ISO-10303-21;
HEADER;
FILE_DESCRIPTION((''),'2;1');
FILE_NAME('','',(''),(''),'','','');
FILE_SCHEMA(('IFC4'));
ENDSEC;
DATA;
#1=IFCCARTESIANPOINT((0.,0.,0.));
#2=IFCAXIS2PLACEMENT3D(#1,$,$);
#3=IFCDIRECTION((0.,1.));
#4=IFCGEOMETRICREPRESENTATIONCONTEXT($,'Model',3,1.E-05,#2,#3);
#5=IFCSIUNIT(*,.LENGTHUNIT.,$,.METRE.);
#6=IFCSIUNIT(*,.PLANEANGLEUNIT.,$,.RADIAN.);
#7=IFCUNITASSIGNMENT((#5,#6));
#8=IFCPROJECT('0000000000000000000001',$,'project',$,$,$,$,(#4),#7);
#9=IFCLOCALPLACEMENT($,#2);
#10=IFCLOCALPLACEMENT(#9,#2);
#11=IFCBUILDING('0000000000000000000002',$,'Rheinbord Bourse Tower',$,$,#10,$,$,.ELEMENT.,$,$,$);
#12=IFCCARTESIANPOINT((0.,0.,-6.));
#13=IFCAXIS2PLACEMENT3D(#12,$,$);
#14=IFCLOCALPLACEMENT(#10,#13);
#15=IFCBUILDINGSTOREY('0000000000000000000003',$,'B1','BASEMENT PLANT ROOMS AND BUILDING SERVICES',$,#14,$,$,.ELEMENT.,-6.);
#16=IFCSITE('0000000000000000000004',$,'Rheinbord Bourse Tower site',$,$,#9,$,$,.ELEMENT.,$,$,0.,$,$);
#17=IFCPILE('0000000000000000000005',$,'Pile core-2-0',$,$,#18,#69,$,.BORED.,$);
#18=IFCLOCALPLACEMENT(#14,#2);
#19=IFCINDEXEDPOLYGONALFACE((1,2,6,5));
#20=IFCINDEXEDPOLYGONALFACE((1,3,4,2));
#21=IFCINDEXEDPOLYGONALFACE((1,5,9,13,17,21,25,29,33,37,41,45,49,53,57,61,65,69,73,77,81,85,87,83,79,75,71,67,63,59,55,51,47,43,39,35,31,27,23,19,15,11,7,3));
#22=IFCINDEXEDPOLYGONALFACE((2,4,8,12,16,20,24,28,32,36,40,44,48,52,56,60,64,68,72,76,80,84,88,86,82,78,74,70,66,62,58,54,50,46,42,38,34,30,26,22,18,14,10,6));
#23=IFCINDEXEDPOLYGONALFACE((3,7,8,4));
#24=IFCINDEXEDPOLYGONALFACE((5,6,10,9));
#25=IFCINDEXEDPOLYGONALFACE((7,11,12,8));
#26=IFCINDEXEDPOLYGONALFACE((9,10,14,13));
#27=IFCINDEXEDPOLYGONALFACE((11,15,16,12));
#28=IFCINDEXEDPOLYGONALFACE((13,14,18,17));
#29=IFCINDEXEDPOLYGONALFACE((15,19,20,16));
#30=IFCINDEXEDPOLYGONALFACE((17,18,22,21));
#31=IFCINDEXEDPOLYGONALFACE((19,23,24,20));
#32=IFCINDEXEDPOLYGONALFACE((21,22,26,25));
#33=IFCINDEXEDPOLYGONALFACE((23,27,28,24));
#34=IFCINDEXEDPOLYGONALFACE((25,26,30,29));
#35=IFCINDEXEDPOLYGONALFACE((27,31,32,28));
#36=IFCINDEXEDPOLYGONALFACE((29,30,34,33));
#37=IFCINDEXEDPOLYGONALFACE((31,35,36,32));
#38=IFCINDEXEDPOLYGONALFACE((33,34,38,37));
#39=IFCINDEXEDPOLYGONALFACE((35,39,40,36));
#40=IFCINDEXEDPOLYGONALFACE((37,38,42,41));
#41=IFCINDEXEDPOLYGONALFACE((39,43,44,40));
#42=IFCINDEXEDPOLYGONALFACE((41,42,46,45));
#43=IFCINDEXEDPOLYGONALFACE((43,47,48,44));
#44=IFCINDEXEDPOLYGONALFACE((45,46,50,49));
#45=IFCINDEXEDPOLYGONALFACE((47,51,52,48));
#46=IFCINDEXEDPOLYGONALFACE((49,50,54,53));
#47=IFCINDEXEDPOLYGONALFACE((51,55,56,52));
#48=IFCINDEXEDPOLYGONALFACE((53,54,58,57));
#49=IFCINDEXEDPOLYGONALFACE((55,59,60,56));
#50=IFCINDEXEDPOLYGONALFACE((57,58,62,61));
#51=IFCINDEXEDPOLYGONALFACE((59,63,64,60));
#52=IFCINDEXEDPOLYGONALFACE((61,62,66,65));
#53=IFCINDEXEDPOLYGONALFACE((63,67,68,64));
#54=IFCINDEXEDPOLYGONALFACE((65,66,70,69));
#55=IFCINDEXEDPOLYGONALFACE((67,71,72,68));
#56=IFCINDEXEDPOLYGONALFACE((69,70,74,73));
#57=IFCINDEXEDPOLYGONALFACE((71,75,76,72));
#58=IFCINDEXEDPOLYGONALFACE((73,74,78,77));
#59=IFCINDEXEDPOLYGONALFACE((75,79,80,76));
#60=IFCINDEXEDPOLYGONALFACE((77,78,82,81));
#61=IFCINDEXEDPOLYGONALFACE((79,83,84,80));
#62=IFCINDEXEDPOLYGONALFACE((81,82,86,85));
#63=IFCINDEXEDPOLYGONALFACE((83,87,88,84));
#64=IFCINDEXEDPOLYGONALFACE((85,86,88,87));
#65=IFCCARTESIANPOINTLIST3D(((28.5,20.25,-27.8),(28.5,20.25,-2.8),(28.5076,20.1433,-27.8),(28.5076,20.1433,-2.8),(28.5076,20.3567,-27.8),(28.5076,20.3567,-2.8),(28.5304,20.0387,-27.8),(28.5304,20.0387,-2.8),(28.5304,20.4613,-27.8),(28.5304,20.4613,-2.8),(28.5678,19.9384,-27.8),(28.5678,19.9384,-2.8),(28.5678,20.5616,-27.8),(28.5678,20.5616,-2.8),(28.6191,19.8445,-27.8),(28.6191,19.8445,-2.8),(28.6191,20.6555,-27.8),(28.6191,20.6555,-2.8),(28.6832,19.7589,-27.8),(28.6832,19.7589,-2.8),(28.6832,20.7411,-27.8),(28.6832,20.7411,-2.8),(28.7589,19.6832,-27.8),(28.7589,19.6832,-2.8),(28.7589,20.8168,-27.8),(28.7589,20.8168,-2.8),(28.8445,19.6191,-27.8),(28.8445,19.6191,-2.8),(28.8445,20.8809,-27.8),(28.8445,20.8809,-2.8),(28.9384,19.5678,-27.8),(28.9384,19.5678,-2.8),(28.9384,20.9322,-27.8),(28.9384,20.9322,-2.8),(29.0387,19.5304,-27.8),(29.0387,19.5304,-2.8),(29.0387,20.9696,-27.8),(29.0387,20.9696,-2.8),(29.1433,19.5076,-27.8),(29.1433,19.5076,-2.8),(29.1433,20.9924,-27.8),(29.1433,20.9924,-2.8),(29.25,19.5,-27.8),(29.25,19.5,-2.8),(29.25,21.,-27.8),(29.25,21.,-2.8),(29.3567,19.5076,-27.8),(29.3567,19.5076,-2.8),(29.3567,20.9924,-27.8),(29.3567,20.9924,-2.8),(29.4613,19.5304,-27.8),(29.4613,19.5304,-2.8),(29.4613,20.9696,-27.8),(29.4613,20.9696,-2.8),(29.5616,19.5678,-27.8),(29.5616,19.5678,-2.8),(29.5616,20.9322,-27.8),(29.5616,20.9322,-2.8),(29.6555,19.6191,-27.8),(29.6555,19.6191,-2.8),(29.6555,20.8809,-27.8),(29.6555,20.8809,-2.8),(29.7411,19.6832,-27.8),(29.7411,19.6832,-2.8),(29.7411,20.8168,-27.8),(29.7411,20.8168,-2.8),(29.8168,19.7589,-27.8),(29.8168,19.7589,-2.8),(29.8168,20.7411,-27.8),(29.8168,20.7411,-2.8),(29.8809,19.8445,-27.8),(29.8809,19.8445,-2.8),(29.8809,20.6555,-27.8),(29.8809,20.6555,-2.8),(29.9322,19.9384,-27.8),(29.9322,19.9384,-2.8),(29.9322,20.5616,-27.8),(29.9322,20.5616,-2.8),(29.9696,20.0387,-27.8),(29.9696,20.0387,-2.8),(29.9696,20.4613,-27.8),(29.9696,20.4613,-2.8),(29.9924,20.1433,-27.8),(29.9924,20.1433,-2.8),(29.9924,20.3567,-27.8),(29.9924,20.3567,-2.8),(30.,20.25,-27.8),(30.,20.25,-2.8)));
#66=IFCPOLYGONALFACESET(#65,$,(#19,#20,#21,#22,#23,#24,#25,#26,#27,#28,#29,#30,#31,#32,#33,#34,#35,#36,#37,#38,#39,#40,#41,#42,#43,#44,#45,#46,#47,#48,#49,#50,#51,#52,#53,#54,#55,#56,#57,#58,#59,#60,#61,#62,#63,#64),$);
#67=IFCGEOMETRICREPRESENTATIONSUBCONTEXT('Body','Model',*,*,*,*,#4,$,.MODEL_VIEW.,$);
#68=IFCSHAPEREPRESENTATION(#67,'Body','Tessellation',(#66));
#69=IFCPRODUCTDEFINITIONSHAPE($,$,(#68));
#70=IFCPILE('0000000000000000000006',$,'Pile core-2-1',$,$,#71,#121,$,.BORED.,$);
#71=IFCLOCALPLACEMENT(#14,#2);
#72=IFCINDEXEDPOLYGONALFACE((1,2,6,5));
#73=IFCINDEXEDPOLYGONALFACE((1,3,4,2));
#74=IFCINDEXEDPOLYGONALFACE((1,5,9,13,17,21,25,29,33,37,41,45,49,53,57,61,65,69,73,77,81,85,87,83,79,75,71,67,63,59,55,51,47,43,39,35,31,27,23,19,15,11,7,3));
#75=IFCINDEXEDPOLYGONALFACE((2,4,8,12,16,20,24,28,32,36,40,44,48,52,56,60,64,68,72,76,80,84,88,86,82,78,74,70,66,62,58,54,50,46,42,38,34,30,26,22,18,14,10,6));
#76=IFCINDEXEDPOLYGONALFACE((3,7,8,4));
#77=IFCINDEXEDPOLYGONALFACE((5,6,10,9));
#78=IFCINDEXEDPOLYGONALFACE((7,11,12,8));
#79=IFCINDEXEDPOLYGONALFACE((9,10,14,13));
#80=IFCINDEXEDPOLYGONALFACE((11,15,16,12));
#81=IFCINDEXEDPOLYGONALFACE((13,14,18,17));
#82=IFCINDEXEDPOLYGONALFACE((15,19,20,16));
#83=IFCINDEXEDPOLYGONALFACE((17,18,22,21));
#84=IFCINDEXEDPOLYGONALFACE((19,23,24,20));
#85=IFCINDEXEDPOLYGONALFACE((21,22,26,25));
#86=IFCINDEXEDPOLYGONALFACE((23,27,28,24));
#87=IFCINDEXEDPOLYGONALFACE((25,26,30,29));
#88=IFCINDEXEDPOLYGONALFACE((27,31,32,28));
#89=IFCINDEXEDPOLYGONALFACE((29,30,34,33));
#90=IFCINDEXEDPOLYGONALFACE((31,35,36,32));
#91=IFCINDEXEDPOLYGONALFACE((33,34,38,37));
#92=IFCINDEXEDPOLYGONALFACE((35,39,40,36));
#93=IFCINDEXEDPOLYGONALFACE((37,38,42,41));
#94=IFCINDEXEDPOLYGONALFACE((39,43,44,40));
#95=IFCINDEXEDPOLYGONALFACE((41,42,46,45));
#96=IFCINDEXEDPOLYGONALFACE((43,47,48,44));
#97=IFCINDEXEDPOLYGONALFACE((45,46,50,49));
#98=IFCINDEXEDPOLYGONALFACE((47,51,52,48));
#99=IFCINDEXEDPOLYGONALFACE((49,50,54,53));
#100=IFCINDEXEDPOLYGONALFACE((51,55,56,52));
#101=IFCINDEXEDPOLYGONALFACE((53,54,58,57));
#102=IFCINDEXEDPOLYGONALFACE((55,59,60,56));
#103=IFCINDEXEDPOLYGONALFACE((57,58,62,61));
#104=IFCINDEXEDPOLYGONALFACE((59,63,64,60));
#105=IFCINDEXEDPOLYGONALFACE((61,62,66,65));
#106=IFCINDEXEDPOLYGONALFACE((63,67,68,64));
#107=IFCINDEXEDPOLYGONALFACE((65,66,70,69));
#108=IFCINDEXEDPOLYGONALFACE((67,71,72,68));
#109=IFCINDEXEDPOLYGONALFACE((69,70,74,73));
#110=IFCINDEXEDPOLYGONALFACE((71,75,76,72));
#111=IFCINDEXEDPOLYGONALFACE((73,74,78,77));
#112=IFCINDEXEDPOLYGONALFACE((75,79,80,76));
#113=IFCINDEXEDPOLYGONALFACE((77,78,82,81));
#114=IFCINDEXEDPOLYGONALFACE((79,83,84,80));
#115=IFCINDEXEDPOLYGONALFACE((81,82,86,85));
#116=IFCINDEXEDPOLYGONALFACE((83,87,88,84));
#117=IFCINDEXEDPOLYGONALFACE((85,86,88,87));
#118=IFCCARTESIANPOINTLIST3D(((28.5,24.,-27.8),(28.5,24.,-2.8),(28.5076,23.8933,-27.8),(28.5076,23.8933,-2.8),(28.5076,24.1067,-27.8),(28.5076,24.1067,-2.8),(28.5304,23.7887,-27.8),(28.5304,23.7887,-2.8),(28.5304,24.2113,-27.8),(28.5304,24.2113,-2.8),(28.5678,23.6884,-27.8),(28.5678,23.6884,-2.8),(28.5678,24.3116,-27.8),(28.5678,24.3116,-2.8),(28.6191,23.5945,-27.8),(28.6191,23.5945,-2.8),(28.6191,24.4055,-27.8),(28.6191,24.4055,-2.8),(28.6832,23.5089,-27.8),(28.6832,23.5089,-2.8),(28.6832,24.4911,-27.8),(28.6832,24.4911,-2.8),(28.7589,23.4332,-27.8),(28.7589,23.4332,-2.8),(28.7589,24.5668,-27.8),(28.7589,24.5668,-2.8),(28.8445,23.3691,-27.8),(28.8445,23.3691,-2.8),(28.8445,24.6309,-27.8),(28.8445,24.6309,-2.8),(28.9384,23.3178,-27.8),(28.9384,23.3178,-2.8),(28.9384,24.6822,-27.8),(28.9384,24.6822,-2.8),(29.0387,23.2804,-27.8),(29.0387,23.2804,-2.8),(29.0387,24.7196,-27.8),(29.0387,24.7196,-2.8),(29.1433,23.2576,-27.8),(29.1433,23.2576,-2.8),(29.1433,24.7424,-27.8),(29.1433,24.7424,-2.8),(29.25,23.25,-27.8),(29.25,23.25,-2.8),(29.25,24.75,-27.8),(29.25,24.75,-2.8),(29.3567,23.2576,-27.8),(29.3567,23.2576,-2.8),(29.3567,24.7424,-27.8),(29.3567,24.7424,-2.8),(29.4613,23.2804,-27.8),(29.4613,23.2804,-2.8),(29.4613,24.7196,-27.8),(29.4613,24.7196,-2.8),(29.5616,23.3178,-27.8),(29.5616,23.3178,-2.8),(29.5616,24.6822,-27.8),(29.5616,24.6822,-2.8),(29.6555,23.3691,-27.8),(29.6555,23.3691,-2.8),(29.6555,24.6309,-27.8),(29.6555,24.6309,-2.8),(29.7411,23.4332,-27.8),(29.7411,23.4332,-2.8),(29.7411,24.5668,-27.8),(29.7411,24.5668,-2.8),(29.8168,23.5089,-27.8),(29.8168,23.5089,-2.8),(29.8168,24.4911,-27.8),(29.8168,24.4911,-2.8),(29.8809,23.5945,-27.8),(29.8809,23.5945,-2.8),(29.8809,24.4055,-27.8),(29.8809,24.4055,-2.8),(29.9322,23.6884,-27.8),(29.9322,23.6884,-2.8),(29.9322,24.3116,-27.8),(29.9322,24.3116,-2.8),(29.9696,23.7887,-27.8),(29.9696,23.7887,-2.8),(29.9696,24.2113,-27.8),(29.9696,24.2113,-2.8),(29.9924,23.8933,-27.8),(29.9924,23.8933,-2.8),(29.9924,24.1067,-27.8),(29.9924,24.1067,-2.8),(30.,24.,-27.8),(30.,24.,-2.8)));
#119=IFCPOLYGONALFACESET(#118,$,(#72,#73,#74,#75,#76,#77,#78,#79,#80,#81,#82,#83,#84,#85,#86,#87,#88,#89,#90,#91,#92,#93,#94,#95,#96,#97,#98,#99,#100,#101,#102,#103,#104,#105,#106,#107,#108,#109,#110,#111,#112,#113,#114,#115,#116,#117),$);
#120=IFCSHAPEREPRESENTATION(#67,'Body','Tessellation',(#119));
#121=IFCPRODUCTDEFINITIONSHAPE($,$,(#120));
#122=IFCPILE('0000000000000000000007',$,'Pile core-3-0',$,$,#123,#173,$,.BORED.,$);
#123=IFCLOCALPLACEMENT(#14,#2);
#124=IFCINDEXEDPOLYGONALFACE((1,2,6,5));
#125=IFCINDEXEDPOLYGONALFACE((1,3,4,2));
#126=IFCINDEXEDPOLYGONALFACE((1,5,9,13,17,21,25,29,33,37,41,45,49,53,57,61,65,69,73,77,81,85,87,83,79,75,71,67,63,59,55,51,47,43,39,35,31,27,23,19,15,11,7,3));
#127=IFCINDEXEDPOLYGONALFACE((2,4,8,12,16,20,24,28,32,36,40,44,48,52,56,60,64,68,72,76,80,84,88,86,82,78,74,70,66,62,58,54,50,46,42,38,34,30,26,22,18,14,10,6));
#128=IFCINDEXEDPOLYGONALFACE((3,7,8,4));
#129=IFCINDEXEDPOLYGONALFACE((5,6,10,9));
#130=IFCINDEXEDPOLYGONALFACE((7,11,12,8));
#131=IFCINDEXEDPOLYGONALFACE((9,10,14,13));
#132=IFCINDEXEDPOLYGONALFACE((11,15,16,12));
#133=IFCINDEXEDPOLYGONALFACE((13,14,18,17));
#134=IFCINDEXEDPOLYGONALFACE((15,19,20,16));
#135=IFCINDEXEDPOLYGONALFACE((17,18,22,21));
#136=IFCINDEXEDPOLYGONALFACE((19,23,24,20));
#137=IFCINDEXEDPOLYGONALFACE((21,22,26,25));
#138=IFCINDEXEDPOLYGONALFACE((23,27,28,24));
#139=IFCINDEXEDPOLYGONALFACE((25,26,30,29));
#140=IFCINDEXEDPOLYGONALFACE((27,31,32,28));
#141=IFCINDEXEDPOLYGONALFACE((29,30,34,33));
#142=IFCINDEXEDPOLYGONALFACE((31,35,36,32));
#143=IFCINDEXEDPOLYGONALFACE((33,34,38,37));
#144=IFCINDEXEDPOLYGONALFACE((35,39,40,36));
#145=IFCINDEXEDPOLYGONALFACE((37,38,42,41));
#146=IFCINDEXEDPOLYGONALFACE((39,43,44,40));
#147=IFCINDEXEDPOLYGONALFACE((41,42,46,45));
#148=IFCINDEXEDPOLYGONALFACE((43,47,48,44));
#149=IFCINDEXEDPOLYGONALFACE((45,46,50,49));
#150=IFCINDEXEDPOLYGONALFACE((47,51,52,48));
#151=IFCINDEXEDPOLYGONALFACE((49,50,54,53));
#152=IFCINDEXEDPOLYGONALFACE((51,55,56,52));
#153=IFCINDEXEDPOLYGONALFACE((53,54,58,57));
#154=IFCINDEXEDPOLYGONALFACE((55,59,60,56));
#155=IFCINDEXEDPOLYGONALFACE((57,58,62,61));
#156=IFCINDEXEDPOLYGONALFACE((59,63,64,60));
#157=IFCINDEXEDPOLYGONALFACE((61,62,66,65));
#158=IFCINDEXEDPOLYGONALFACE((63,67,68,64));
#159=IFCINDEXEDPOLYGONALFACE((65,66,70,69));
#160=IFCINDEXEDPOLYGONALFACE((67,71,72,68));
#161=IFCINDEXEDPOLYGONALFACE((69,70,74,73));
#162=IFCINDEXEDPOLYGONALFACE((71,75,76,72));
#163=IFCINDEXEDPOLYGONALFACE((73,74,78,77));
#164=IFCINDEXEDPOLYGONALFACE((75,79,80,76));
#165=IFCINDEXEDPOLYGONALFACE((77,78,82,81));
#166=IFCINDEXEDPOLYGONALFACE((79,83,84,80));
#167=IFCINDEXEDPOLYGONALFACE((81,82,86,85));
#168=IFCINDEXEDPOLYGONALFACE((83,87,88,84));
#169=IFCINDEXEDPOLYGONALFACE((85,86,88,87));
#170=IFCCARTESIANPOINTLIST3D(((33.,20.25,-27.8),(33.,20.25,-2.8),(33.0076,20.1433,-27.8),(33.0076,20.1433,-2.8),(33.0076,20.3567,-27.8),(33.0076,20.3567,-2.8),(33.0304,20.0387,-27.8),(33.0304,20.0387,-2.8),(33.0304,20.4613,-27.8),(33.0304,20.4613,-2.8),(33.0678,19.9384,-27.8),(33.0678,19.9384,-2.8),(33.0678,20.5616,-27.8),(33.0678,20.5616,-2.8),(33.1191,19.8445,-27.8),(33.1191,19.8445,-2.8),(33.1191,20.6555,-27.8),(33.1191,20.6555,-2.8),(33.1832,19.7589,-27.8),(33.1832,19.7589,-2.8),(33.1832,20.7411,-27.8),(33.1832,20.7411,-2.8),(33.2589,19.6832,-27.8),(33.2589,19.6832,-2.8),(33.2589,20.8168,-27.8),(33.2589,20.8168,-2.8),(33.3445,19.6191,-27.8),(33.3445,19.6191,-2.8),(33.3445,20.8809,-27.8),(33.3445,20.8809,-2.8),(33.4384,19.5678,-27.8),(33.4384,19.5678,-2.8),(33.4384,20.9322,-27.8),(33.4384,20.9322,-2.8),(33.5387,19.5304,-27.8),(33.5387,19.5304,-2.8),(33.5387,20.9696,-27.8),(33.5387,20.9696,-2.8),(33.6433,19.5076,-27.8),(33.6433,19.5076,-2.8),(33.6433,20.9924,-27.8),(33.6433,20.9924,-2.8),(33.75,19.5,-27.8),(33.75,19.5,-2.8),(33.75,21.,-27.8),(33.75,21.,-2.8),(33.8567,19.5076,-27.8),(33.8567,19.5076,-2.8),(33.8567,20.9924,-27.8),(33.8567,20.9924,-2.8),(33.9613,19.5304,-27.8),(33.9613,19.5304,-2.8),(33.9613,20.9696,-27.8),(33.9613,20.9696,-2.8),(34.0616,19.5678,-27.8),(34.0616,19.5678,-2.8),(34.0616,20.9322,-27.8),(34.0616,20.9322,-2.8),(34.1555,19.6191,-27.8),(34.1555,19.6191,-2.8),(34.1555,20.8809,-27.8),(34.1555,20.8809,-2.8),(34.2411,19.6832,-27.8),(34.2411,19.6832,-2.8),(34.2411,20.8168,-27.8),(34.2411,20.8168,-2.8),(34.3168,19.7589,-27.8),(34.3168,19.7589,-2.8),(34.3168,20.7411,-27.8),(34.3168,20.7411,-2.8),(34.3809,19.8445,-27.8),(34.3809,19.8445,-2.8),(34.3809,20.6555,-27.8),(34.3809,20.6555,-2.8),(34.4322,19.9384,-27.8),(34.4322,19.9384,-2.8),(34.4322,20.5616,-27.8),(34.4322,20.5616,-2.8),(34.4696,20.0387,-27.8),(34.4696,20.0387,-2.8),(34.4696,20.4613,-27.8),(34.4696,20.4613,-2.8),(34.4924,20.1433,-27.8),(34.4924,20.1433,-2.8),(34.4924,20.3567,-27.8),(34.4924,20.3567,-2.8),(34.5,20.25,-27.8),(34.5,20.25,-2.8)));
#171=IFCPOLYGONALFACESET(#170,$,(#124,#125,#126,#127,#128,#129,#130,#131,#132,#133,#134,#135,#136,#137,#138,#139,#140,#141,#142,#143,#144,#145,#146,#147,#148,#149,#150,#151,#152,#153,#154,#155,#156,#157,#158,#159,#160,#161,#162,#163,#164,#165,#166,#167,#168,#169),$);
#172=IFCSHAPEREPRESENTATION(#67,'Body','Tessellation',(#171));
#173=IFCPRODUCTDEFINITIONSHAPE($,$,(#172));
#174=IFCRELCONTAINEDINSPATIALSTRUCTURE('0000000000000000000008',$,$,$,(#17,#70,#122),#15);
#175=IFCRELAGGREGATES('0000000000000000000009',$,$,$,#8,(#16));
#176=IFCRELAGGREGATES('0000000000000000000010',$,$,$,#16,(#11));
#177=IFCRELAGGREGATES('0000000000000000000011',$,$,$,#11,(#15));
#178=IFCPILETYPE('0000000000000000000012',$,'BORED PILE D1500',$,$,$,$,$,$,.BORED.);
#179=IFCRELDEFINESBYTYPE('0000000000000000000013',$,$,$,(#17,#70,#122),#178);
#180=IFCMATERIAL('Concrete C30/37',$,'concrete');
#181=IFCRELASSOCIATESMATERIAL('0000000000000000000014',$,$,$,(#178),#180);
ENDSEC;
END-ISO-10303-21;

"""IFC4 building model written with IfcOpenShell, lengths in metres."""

from ifc_helpers import new_model, si_unit, direction, frame, origin, origin_2d, place, context, subcontext, project, spatial, circle, extrude, material, material_profile, profile_set, type_object, element, save


model = new_model("IFC4")

# Units and contexts
model_context = context("Model", 3, precision=1e-05, world=origin(), true_north=direction((0.0, 1.0)))
body_context = subcontext(model_context, "Body", "Model", "MODEL_VIEW")
ifc_project = project(units=[si_unit("LENGTHUNIT", "METRE"), si_unit("PLANEANGLEUNIT", "RADIAN")], contexts=[model_context])

# Site, building, storey
site_placement = place(None, origin())
site = spatial("IfcSite", under=ifc_project, at=site_placement, Name="Rheinbord Bourse Tower site", CompositionType="ELEMENT", RefElevation=0.0)
building_placement = place(site_placement, origin())
building = spatial("IfcBuilding", under=site, at=building_placement, Name="Rheinbord Bourse Tower", CompositionType="ELEMENT")
storey_placement = place(building_placement, frame((0.0, 0.0, -6.0)))
storey = spatial("IfcBuildingStorey", under=building, at=storey_placement, Name="B1", Description="BASEMENT PLANT ROOMS AND BUILDING SERVICES", CompositionType="ELEMENT", Elevation=-6.0)

# Piles
ifc_material_1 = material(Name="Concrete C30/37", Category="concrete")
ifc_material_profile = material_profile(ifc_material_1, circle(Radius=0.75, at=origin_2d()), Name="D1500")
ifc_profile_set = profile_set([ifc_material_profile], Name="Concrete C30/37")
pile_type = type_object("IfcPileType", Name="BORED PILE D1500", PredefinedType="BORED", material=ifc_profile_set)
for number, where, z_axis, x_axis, name in (
    (1, (29.25, 20.25, -2.8), (0.0, 0.0, -1.0), (1.0, 0.0, 0.0), "Pile core-2-0"),
    (2, (29.25, 24.0, -2.8), (0.0, 0.0, -1.0), (1.0, 0.0, 0.0), "Pile core-2-1"),
    (3, (33.75, 20.25, -2.8), (0.0, 0.0, -1.0), (1.0, 0.0, 0.0), "Pile core-3-0"),
):
    element("IfcPile", number, at=place(storey_placement, frame(where, z_axis=z_axis, x_axis=x_axis)), inside=storey, type_object=pile_type, Name=name, PredefinedType="BORED", context=body_context, shape_type="SweptSolid", body=[
        extrude(circle(Radius=0.75, at=origin_2d()), origin(), (0.0, 0.0, 1.0), 25.0),
    ])

save(model, "model.ifc")
